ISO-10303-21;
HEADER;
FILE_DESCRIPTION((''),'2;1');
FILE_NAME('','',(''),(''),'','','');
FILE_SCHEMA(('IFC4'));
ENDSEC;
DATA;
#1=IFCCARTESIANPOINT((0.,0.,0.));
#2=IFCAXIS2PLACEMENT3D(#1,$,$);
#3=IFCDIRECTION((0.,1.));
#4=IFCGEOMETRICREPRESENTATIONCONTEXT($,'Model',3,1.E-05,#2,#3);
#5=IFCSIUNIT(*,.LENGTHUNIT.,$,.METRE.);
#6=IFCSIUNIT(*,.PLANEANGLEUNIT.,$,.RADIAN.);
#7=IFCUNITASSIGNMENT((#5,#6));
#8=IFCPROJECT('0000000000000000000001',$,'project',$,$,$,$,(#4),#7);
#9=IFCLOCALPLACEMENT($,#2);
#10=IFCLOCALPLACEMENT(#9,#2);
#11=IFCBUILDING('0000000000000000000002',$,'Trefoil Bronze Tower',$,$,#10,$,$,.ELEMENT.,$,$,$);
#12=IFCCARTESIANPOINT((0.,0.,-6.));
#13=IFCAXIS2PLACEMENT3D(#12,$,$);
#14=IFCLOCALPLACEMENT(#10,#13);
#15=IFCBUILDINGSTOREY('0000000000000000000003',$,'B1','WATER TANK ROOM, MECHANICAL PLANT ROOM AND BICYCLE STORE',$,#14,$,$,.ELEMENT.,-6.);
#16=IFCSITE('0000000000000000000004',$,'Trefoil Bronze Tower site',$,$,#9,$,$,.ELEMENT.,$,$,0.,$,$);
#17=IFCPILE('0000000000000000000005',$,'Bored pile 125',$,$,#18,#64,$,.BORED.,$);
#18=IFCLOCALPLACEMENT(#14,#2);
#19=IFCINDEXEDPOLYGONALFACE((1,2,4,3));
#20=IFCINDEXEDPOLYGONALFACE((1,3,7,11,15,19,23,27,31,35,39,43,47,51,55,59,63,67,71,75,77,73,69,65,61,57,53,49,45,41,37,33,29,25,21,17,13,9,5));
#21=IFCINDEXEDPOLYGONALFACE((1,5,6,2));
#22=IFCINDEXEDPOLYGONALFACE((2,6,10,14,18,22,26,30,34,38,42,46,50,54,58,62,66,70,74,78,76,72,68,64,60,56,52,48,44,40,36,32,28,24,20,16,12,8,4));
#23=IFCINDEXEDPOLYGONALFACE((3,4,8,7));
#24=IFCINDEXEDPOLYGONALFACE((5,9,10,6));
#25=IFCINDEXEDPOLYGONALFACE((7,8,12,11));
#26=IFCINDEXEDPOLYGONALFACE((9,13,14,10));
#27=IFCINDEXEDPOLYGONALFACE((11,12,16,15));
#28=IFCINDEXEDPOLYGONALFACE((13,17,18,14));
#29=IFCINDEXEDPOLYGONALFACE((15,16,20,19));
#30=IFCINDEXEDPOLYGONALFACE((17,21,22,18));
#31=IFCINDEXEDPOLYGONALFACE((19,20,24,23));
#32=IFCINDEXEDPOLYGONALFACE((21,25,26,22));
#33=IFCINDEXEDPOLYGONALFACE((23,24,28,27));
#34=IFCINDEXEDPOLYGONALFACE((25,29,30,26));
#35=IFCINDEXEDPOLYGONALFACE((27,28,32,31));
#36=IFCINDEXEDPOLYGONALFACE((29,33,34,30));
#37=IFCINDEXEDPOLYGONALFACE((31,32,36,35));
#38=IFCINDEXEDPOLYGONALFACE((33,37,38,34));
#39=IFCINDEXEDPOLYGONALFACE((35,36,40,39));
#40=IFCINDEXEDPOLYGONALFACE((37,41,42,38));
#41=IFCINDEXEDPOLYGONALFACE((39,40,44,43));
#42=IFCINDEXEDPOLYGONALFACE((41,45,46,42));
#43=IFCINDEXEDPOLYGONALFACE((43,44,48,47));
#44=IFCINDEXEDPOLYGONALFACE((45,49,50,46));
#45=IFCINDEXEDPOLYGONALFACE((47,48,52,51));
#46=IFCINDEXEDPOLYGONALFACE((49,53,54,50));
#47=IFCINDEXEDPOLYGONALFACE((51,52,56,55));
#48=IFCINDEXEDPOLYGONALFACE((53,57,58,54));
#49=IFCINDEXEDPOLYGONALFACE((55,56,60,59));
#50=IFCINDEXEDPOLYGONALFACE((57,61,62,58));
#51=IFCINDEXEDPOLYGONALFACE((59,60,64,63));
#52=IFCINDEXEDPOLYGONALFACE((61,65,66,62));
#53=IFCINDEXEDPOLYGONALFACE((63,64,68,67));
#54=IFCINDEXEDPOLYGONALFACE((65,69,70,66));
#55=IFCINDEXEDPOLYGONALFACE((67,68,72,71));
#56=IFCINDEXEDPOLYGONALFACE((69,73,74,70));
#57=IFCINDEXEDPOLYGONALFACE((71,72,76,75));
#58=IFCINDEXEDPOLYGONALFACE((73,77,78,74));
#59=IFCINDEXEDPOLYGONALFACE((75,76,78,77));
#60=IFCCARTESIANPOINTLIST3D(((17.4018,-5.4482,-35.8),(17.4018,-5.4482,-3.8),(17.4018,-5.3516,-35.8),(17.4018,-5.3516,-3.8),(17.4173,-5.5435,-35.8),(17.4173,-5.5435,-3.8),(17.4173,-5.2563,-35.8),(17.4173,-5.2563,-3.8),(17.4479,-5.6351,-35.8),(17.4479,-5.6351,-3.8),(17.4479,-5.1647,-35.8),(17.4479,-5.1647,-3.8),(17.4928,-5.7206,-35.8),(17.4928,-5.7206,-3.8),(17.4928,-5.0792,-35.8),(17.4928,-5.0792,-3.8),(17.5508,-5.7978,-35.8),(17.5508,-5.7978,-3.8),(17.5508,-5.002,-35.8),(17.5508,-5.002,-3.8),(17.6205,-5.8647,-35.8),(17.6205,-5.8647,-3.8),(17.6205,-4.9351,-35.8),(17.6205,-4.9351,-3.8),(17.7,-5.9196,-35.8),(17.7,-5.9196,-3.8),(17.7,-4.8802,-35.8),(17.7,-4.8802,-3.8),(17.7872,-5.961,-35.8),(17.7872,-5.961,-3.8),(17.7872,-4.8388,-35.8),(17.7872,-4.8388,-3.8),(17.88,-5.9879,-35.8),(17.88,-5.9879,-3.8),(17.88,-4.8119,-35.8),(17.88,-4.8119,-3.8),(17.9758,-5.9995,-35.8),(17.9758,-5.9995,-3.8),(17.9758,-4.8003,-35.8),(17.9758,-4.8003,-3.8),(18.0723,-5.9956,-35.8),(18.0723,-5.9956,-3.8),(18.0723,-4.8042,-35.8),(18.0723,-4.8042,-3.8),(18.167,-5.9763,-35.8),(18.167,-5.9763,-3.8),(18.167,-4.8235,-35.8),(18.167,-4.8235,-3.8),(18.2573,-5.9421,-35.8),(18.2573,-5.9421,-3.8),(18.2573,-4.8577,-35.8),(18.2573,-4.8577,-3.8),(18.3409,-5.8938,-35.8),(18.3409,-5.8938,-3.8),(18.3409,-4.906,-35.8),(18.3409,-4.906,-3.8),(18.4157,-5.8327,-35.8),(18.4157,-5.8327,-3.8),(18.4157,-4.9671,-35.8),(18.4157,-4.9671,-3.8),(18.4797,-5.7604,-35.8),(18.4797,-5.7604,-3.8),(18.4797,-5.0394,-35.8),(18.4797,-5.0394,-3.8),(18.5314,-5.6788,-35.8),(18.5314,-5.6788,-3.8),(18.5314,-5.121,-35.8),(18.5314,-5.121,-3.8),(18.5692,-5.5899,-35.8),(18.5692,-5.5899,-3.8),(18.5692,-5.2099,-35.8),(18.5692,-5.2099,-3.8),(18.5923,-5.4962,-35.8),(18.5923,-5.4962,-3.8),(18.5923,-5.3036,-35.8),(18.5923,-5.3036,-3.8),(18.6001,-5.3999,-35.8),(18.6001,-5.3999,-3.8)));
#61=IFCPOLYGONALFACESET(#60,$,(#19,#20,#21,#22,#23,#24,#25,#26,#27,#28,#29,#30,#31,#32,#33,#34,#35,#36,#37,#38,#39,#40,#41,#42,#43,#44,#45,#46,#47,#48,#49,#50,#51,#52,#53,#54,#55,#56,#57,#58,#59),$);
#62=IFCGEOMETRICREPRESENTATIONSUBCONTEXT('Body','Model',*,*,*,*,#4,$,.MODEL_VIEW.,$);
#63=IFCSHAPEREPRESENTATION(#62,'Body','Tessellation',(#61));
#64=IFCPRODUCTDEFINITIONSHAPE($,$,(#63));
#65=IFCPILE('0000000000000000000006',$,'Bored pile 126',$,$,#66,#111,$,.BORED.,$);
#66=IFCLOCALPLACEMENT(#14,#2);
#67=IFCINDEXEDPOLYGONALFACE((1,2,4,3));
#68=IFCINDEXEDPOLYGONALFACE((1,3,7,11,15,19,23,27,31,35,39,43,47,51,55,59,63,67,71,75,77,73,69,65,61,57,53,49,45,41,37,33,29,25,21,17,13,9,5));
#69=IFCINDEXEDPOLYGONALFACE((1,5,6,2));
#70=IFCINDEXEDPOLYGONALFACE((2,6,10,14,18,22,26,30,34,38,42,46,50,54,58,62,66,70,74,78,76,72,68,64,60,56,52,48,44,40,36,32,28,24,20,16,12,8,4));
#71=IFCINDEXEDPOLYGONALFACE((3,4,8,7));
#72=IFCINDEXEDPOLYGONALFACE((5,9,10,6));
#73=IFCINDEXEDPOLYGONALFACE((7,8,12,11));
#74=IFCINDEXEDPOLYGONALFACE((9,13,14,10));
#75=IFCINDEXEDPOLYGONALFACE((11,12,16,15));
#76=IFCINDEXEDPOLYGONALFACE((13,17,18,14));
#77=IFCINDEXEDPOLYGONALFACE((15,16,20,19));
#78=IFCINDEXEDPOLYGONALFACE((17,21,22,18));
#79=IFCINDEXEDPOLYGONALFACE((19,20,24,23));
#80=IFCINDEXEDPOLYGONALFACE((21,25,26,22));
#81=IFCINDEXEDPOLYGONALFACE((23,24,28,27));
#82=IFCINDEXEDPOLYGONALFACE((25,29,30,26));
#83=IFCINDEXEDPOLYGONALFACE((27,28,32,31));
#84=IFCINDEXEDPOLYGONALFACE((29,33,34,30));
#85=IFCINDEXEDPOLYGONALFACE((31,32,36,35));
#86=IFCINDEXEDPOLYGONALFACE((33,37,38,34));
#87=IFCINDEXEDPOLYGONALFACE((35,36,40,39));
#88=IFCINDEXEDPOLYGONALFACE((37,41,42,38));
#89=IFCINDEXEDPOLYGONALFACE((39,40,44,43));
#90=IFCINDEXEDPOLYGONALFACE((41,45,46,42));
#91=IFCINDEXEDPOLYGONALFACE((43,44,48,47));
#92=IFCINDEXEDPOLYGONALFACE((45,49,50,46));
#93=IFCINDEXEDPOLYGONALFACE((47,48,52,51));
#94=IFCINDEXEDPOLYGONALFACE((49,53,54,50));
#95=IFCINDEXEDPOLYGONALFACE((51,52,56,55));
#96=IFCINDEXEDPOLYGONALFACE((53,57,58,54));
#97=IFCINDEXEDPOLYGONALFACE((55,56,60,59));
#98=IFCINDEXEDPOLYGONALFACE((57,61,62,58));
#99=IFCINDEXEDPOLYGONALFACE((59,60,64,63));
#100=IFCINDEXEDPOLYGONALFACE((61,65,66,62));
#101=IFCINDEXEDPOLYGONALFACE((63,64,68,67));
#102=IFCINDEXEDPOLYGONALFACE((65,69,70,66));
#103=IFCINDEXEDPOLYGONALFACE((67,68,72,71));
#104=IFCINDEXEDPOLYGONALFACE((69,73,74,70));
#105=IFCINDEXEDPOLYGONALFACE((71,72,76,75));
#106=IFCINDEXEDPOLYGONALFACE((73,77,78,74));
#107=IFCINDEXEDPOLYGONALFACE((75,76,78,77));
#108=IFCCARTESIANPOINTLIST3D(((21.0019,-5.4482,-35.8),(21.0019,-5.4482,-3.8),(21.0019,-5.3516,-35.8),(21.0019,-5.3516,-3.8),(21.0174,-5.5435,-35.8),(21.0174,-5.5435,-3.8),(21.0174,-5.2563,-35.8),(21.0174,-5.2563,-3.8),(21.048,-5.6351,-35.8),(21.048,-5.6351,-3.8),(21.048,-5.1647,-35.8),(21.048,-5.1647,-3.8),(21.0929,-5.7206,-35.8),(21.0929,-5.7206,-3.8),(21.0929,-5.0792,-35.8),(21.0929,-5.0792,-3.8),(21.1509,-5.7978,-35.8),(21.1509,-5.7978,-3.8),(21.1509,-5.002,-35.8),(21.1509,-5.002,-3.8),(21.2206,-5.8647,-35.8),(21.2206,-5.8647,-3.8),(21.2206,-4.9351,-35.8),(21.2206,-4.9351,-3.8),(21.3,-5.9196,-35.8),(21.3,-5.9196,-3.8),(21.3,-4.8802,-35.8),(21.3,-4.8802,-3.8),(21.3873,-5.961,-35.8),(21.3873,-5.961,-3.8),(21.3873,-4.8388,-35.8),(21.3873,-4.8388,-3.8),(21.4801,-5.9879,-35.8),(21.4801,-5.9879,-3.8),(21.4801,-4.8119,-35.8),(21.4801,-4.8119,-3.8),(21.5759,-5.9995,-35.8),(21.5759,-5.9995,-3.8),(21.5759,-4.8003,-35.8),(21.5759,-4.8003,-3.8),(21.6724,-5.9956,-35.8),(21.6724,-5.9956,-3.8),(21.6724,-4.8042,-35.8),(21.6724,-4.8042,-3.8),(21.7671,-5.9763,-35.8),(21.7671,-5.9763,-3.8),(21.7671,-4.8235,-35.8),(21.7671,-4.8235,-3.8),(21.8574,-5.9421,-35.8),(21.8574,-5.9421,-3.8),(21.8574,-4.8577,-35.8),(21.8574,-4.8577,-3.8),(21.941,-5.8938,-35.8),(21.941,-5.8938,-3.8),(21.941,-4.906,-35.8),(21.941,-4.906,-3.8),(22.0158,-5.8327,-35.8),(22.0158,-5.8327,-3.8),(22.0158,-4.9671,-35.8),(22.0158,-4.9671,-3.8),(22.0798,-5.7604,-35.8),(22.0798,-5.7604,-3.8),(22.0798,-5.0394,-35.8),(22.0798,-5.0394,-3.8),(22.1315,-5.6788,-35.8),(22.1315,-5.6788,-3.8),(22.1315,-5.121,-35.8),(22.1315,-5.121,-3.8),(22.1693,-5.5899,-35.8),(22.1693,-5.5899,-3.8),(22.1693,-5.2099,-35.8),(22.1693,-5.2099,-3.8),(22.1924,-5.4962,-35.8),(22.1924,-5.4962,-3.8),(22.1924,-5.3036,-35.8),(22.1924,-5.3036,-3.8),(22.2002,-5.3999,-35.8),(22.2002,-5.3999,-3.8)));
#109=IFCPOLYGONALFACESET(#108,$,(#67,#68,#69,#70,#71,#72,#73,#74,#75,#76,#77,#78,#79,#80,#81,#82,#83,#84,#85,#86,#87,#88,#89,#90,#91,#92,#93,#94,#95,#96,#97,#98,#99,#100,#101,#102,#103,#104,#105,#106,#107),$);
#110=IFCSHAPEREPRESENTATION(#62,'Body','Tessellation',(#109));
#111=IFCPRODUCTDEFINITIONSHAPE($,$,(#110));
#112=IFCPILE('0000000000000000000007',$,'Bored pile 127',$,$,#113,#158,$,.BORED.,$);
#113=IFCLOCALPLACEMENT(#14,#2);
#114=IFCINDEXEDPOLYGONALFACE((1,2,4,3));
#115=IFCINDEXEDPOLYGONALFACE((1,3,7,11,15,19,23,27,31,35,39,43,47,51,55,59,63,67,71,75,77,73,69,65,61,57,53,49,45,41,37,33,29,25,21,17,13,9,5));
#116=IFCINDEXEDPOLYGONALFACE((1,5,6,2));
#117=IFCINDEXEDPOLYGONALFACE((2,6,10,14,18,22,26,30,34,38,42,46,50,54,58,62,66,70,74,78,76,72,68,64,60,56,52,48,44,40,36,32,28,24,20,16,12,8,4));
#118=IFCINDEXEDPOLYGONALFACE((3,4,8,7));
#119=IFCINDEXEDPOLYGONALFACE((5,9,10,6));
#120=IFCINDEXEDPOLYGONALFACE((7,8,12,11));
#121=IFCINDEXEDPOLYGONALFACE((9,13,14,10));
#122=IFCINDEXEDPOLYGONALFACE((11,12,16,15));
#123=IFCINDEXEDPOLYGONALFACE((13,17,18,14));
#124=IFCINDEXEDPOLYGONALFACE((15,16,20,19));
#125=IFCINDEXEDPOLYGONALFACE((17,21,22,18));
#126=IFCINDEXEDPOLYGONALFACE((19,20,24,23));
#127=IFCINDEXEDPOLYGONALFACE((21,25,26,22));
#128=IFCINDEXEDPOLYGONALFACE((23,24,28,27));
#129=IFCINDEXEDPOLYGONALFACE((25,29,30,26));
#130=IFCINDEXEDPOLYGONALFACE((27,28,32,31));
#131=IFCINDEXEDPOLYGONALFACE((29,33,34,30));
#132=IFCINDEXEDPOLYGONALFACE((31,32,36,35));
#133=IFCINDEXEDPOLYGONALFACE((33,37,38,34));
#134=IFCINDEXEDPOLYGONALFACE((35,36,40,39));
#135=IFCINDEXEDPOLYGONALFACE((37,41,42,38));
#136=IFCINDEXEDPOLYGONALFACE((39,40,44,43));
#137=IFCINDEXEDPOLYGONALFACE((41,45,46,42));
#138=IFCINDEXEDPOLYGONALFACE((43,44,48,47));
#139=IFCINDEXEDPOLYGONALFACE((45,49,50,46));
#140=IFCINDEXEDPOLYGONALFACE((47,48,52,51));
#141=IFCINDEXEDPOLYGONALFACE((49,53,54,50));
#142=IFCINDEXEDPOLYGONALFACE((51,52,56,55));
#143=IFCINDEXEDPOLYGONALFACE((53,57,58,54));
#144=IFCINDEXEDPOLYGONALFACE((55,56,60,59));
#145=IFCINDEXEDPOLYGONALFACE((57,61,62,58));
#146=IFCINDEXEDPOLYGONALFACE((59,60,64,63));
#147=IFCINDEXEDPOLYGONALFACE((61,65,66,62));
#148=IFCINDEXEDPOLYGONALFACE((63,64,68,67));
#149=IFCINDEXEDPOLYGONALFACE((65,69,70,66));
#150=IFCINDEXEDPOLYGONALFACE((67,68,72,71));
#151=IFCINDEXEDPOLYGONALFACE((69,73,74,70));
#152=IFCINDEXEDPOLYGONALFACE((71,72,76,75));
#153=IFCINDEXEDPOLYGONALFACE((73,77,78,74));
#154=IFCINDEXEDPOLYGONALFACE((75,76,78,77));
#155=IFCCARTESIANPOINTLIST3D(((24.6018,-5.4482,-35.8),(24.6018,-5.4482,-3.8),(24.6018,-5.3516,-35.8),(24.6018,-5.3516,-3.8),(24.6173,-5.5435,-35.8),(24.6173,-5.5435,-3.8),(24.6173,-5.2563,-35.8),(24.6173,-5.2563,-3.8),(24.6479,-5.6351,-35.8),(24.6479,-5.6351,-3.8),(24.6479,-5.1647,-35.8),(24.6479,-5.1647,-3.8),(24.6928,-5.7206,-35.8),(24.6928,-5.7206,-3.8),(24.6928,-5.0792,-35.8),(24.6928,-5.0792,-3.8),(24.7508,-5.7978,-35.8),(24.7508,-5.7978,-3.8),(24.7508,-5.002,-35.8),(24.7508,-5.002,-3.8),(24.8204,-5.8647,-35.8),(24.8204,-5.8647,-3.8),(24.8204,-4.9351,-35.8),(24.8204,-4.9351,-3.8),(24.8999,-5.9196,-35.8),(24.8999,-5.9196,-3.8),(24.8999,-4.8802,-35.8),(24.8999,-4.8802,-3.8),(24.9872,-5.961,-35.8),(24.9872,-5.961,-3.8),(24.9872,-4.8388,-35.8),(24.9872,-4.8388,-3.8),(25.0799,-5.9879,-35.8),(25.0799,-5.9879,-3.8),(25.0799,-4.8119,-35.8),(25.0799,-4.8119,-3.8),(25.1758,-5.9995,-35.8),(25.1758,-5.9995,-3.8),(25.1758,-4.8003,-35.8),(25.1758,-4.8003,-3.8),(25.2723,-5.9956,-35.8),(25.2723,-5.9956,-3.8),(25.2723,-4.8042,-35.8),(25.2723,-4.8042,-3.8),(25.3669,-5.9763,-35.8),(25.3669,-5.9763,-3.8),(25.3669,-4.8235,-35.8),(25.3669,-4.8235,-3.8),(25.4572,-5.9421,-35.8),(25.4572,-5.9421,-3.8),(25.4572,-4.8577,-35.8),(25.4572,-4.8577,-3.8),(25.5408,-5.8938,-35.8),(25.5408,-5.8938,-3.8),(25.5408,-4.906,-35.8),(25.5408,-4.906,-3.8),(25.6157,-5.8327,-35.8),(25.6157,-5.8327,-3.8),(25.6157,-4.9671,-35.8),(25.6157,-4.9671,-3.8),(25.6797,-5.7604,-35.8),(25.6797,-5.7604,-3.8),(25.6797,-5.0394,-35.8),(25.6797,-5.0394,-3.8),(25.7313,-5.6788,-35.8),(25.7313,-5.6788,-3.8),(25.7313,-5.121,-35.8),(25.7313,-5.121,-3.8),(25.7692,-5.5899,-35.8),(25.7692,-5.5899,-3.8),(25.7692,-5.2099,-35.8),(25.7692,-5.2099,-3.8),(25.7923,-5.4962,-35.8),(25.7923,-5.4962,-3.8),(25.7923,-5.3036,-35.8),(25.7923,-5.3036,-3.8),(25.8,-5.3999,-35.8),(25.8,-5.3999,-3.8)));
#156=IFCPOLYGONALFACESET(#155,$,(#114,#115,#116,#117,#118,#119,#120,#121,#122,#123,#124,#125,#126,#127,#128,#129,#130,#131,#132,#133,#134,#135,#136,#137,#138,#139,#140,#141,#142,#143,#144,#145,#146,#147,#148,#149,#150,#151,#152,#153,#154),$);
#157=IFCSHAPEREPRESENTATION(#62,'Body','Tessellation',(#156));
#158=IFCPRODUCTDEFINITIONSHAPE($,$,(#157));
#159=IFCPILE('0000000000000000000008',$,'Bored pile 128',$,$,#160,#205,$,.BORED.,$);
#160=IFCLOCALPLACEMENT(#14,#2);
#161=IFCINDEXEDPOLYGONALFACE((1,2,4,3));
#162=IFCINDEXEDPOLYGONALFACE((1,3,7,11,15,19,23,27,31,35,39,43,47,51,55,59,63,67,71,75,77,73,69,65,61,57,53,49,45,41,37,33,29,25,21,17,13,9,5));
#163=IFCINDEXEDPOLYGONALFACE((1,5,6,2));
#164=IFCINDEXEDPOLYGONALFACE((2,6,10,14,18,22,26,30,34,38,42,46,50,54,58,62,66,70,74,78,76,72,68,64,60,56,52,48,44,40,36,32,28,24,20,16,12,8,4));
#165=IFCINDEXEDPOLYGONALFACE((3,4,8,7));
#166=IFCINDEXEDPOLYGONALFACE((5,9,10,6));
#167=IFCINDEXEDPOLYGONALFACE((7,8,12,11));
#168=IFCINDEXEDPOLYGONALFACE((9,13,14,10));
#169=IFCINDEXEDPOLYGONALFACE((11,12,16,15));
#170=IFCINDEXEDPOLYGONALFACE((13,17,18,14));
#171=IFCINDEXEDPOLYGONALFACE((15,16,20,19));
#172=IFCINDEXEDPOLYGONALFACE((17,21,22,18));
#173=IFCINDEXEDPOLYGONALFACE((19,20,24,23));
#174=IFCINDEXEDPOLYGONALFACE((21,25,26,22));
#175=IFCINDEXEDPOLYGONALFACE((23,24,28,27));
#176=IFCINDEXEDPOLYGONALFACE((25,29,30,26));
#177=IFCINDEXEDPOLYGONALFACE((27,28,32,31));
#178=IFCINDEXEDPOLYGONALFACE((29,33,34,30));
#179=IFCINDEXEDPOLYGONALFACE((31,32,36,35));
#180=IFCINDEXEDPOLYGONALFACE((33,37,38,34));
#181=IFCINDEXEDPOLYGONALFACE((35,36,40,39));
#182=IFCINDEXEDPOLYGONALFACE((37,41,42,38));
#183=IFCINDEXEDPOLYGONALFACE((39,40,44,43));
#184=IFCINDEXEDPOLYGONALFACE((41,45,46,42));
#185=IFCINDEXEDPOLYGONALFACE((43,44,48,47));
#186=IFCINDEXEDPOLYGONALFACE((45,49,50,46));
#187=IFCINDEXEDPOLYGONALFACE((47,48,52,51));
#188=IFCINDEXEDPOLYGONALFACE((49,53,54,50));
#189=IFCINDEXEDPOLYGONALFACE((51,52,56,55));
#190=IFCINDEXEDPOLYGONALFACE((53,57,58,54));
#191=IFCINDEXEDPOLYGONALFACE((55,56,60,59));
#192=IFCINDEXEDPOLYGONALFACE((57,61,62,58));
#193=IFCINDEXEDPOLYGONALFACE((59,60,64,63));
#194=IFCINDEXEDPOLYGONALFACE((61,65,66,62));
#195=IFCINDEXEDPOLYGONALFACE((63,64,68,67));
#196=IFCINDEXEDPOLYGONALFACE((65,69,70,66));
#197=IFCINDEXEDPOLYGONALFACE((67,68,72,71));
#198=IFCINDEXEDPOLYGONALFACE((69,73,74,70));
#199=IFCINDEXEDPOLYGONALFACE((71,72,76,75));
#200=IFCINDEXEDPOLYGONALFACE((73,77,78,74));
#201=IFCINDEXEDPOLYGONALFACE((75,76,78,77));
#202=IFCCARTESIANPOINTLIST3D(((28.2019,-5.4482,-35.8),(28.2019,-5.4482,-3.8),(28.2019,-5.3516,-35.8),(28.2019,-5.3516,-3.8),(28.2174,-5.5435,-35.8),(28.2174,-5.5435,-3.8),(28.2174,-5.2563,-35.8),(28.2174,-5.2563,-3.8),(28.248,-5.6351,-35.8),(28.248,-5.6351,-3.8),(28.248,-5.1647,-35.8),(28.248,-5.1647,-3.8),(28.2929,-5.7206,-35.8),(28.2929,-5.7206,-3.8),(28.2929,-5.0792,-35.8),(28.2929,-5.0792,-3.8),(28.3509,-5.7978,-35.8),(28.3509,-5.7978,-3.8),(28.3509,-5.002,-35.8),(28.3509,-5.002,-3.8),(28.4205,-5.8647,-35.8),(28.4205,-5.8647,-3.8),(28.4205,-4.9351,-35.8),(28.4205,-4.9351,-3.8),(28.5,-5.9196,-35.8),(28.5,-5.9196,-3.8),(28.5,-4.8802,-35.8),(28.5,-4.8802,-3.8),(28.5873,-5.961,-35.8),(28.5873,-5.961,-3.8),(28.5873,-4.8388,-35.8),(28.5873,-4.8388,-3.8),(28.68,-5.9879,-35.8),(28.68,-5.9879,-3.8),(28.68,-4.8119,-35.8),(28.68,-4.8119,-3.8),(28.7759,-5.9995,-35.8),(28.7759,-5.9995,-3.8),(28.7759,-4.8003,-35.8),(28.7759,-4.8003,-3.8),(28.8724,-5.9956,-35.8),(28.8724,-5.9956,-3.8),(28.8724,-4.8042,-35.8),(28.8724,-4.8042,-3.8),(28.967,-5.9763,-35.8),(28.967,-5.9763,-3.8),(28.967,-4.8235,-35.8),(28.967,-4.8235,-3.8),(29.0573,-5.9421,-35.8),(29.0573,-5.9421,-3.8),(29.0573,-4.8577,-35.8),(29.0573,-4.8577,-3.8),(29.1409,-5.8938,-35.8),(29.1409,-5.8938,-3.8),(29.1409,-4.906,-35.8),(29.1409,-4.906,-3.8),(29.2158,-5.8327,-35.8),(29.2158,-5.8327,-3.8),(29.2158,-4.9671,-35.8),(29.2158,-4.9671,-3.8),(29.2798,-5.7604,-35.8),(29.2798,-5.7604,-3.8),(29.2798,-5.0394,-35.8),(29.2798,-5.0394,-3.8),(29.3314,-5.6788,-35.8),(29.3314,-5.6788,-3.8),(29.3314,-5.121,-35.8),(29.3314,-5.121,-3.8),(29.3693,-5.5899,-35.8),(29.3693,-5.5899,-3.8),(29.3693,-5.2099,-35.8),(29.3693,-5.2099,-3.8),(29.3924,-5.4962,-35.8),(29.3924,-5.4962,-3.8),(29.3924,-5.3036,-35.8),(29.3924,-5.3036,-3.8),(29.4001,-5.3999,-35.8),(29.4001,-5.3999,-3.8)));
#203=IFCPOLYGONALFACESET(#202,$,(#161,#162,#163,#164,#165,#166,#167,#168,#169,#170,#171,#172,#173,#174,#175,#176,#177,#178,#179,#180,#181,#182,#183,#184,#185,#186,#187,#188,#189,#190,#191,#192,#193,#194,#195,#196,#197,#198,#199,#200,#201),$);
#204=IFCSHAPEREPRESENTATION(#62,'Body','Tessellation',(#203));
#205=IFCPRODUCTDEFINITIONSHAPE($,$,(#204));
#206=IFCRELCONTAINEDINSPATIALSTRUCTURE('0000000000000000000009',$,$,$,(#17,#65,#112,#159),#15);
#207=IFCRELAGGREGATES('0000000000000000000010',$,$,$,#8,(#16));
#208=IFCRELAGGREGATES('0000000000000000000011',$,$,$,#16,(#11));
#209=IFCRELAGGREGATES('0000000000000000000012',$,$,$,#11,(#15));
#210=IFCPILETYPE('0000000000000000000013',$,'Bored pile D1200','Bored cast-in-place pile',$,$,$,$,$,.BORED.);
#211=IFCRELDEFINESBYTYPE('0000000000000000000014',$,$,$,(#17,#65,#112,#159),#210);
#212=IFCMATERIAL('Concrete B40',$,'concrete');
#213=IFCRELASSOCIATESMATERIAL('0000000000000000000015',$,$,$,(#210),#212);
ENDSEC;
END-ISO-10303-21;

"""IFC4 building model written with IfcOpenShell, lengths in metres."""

from ifc_helpers import new_model, si_unit, direction, frame, origin, origin_2d, place, context, subcontext, project, spatial, circle, extrude, material, type_object, element, save


model = new_model("IFC4")

# Units and contexts
model_context = context("Model", 3, precision=1e-05, world=origin(), true_north=direction((0.0, 1.0)))
body_context = subcontext(model_context, "Body", "Model", "MODEL_VIEW")
ifc_project = project(units=[si_unit("LENGTHUNIT", "METRE"), si_unit("PLANEANGLEUNIT", "RADIAN")], contexts=[model_context])

# Site, building, storey
site_placement = place(None, origin())
site = spatial("IfcSite", under=ifc_project, at=site_placement, Name="Trefoil Bronze Tower site", CompositionType="ELEMENT", RefElevation=0.0)
building_placement = place(site_placement, origin())
building = spatial("IfcBuilding", under=site, at=building_placement, Name="Trefoil Bronze Tower", CompositionType="ELEMENT")
storey_placement = place(building_placement, frame((0.0, 0.0, -6.0)))
storey = spatial("IfcBuildingStorey", under=building, at=storey_placement, Name="B1", Description="WATER TANK ROOM, MECHANICAL PLANT ROOM AND BICYCLE STORE", CompositionType="ELEMENT", Elevation=-6.0)

# Piles
ifc_material_1 = material(Name="Concrete B40", Category="concrete")
pile_type = type_object("IfcPileType", Name="Bored pile D1200", Description="Bored cast-in-place pile", PredefinedType="BORED", material=ifc_material_1)
for number, where, z_axis, x_axis, name in (
    (1, (18.0, -5.3999, -3.8), (0.0, 0.0, -1.0), (1.0, 0.0, 0.0), "Bored pile 125"),
    (2, (21.6001, -5.3999, -3.8), (0.0, 0.0, -1.0), (1.0, 0.0, 0.0), "Bored pile 126"),
    (3, (25.2, -5.3999, -3.8), (0.0, 0.0, -1.0), (1.0, 0.0, 0.0), "Bored pile 127"),
    (4, (28.8, -5.3999, -3.8), (0.0, 0.0, -1.0), (1.0, 0.0, 0.0), "Bored pile 128"),
):
    element("IfcPile", number, at=place(storey_placement, frame(where, z_axis=z_axis, x_axis=x_axis)), inside=storey, type_object=pile_type, Name=name, PredefinedType="BORED", context=body_context, shape_type="SweptSolid", body=[
        extrude(circle(Radius=0.6001, at=origin_2d()), origin(), (0.0, 0.0, 1.0), 32.0),
    ])

save(model, "model.ifc")
